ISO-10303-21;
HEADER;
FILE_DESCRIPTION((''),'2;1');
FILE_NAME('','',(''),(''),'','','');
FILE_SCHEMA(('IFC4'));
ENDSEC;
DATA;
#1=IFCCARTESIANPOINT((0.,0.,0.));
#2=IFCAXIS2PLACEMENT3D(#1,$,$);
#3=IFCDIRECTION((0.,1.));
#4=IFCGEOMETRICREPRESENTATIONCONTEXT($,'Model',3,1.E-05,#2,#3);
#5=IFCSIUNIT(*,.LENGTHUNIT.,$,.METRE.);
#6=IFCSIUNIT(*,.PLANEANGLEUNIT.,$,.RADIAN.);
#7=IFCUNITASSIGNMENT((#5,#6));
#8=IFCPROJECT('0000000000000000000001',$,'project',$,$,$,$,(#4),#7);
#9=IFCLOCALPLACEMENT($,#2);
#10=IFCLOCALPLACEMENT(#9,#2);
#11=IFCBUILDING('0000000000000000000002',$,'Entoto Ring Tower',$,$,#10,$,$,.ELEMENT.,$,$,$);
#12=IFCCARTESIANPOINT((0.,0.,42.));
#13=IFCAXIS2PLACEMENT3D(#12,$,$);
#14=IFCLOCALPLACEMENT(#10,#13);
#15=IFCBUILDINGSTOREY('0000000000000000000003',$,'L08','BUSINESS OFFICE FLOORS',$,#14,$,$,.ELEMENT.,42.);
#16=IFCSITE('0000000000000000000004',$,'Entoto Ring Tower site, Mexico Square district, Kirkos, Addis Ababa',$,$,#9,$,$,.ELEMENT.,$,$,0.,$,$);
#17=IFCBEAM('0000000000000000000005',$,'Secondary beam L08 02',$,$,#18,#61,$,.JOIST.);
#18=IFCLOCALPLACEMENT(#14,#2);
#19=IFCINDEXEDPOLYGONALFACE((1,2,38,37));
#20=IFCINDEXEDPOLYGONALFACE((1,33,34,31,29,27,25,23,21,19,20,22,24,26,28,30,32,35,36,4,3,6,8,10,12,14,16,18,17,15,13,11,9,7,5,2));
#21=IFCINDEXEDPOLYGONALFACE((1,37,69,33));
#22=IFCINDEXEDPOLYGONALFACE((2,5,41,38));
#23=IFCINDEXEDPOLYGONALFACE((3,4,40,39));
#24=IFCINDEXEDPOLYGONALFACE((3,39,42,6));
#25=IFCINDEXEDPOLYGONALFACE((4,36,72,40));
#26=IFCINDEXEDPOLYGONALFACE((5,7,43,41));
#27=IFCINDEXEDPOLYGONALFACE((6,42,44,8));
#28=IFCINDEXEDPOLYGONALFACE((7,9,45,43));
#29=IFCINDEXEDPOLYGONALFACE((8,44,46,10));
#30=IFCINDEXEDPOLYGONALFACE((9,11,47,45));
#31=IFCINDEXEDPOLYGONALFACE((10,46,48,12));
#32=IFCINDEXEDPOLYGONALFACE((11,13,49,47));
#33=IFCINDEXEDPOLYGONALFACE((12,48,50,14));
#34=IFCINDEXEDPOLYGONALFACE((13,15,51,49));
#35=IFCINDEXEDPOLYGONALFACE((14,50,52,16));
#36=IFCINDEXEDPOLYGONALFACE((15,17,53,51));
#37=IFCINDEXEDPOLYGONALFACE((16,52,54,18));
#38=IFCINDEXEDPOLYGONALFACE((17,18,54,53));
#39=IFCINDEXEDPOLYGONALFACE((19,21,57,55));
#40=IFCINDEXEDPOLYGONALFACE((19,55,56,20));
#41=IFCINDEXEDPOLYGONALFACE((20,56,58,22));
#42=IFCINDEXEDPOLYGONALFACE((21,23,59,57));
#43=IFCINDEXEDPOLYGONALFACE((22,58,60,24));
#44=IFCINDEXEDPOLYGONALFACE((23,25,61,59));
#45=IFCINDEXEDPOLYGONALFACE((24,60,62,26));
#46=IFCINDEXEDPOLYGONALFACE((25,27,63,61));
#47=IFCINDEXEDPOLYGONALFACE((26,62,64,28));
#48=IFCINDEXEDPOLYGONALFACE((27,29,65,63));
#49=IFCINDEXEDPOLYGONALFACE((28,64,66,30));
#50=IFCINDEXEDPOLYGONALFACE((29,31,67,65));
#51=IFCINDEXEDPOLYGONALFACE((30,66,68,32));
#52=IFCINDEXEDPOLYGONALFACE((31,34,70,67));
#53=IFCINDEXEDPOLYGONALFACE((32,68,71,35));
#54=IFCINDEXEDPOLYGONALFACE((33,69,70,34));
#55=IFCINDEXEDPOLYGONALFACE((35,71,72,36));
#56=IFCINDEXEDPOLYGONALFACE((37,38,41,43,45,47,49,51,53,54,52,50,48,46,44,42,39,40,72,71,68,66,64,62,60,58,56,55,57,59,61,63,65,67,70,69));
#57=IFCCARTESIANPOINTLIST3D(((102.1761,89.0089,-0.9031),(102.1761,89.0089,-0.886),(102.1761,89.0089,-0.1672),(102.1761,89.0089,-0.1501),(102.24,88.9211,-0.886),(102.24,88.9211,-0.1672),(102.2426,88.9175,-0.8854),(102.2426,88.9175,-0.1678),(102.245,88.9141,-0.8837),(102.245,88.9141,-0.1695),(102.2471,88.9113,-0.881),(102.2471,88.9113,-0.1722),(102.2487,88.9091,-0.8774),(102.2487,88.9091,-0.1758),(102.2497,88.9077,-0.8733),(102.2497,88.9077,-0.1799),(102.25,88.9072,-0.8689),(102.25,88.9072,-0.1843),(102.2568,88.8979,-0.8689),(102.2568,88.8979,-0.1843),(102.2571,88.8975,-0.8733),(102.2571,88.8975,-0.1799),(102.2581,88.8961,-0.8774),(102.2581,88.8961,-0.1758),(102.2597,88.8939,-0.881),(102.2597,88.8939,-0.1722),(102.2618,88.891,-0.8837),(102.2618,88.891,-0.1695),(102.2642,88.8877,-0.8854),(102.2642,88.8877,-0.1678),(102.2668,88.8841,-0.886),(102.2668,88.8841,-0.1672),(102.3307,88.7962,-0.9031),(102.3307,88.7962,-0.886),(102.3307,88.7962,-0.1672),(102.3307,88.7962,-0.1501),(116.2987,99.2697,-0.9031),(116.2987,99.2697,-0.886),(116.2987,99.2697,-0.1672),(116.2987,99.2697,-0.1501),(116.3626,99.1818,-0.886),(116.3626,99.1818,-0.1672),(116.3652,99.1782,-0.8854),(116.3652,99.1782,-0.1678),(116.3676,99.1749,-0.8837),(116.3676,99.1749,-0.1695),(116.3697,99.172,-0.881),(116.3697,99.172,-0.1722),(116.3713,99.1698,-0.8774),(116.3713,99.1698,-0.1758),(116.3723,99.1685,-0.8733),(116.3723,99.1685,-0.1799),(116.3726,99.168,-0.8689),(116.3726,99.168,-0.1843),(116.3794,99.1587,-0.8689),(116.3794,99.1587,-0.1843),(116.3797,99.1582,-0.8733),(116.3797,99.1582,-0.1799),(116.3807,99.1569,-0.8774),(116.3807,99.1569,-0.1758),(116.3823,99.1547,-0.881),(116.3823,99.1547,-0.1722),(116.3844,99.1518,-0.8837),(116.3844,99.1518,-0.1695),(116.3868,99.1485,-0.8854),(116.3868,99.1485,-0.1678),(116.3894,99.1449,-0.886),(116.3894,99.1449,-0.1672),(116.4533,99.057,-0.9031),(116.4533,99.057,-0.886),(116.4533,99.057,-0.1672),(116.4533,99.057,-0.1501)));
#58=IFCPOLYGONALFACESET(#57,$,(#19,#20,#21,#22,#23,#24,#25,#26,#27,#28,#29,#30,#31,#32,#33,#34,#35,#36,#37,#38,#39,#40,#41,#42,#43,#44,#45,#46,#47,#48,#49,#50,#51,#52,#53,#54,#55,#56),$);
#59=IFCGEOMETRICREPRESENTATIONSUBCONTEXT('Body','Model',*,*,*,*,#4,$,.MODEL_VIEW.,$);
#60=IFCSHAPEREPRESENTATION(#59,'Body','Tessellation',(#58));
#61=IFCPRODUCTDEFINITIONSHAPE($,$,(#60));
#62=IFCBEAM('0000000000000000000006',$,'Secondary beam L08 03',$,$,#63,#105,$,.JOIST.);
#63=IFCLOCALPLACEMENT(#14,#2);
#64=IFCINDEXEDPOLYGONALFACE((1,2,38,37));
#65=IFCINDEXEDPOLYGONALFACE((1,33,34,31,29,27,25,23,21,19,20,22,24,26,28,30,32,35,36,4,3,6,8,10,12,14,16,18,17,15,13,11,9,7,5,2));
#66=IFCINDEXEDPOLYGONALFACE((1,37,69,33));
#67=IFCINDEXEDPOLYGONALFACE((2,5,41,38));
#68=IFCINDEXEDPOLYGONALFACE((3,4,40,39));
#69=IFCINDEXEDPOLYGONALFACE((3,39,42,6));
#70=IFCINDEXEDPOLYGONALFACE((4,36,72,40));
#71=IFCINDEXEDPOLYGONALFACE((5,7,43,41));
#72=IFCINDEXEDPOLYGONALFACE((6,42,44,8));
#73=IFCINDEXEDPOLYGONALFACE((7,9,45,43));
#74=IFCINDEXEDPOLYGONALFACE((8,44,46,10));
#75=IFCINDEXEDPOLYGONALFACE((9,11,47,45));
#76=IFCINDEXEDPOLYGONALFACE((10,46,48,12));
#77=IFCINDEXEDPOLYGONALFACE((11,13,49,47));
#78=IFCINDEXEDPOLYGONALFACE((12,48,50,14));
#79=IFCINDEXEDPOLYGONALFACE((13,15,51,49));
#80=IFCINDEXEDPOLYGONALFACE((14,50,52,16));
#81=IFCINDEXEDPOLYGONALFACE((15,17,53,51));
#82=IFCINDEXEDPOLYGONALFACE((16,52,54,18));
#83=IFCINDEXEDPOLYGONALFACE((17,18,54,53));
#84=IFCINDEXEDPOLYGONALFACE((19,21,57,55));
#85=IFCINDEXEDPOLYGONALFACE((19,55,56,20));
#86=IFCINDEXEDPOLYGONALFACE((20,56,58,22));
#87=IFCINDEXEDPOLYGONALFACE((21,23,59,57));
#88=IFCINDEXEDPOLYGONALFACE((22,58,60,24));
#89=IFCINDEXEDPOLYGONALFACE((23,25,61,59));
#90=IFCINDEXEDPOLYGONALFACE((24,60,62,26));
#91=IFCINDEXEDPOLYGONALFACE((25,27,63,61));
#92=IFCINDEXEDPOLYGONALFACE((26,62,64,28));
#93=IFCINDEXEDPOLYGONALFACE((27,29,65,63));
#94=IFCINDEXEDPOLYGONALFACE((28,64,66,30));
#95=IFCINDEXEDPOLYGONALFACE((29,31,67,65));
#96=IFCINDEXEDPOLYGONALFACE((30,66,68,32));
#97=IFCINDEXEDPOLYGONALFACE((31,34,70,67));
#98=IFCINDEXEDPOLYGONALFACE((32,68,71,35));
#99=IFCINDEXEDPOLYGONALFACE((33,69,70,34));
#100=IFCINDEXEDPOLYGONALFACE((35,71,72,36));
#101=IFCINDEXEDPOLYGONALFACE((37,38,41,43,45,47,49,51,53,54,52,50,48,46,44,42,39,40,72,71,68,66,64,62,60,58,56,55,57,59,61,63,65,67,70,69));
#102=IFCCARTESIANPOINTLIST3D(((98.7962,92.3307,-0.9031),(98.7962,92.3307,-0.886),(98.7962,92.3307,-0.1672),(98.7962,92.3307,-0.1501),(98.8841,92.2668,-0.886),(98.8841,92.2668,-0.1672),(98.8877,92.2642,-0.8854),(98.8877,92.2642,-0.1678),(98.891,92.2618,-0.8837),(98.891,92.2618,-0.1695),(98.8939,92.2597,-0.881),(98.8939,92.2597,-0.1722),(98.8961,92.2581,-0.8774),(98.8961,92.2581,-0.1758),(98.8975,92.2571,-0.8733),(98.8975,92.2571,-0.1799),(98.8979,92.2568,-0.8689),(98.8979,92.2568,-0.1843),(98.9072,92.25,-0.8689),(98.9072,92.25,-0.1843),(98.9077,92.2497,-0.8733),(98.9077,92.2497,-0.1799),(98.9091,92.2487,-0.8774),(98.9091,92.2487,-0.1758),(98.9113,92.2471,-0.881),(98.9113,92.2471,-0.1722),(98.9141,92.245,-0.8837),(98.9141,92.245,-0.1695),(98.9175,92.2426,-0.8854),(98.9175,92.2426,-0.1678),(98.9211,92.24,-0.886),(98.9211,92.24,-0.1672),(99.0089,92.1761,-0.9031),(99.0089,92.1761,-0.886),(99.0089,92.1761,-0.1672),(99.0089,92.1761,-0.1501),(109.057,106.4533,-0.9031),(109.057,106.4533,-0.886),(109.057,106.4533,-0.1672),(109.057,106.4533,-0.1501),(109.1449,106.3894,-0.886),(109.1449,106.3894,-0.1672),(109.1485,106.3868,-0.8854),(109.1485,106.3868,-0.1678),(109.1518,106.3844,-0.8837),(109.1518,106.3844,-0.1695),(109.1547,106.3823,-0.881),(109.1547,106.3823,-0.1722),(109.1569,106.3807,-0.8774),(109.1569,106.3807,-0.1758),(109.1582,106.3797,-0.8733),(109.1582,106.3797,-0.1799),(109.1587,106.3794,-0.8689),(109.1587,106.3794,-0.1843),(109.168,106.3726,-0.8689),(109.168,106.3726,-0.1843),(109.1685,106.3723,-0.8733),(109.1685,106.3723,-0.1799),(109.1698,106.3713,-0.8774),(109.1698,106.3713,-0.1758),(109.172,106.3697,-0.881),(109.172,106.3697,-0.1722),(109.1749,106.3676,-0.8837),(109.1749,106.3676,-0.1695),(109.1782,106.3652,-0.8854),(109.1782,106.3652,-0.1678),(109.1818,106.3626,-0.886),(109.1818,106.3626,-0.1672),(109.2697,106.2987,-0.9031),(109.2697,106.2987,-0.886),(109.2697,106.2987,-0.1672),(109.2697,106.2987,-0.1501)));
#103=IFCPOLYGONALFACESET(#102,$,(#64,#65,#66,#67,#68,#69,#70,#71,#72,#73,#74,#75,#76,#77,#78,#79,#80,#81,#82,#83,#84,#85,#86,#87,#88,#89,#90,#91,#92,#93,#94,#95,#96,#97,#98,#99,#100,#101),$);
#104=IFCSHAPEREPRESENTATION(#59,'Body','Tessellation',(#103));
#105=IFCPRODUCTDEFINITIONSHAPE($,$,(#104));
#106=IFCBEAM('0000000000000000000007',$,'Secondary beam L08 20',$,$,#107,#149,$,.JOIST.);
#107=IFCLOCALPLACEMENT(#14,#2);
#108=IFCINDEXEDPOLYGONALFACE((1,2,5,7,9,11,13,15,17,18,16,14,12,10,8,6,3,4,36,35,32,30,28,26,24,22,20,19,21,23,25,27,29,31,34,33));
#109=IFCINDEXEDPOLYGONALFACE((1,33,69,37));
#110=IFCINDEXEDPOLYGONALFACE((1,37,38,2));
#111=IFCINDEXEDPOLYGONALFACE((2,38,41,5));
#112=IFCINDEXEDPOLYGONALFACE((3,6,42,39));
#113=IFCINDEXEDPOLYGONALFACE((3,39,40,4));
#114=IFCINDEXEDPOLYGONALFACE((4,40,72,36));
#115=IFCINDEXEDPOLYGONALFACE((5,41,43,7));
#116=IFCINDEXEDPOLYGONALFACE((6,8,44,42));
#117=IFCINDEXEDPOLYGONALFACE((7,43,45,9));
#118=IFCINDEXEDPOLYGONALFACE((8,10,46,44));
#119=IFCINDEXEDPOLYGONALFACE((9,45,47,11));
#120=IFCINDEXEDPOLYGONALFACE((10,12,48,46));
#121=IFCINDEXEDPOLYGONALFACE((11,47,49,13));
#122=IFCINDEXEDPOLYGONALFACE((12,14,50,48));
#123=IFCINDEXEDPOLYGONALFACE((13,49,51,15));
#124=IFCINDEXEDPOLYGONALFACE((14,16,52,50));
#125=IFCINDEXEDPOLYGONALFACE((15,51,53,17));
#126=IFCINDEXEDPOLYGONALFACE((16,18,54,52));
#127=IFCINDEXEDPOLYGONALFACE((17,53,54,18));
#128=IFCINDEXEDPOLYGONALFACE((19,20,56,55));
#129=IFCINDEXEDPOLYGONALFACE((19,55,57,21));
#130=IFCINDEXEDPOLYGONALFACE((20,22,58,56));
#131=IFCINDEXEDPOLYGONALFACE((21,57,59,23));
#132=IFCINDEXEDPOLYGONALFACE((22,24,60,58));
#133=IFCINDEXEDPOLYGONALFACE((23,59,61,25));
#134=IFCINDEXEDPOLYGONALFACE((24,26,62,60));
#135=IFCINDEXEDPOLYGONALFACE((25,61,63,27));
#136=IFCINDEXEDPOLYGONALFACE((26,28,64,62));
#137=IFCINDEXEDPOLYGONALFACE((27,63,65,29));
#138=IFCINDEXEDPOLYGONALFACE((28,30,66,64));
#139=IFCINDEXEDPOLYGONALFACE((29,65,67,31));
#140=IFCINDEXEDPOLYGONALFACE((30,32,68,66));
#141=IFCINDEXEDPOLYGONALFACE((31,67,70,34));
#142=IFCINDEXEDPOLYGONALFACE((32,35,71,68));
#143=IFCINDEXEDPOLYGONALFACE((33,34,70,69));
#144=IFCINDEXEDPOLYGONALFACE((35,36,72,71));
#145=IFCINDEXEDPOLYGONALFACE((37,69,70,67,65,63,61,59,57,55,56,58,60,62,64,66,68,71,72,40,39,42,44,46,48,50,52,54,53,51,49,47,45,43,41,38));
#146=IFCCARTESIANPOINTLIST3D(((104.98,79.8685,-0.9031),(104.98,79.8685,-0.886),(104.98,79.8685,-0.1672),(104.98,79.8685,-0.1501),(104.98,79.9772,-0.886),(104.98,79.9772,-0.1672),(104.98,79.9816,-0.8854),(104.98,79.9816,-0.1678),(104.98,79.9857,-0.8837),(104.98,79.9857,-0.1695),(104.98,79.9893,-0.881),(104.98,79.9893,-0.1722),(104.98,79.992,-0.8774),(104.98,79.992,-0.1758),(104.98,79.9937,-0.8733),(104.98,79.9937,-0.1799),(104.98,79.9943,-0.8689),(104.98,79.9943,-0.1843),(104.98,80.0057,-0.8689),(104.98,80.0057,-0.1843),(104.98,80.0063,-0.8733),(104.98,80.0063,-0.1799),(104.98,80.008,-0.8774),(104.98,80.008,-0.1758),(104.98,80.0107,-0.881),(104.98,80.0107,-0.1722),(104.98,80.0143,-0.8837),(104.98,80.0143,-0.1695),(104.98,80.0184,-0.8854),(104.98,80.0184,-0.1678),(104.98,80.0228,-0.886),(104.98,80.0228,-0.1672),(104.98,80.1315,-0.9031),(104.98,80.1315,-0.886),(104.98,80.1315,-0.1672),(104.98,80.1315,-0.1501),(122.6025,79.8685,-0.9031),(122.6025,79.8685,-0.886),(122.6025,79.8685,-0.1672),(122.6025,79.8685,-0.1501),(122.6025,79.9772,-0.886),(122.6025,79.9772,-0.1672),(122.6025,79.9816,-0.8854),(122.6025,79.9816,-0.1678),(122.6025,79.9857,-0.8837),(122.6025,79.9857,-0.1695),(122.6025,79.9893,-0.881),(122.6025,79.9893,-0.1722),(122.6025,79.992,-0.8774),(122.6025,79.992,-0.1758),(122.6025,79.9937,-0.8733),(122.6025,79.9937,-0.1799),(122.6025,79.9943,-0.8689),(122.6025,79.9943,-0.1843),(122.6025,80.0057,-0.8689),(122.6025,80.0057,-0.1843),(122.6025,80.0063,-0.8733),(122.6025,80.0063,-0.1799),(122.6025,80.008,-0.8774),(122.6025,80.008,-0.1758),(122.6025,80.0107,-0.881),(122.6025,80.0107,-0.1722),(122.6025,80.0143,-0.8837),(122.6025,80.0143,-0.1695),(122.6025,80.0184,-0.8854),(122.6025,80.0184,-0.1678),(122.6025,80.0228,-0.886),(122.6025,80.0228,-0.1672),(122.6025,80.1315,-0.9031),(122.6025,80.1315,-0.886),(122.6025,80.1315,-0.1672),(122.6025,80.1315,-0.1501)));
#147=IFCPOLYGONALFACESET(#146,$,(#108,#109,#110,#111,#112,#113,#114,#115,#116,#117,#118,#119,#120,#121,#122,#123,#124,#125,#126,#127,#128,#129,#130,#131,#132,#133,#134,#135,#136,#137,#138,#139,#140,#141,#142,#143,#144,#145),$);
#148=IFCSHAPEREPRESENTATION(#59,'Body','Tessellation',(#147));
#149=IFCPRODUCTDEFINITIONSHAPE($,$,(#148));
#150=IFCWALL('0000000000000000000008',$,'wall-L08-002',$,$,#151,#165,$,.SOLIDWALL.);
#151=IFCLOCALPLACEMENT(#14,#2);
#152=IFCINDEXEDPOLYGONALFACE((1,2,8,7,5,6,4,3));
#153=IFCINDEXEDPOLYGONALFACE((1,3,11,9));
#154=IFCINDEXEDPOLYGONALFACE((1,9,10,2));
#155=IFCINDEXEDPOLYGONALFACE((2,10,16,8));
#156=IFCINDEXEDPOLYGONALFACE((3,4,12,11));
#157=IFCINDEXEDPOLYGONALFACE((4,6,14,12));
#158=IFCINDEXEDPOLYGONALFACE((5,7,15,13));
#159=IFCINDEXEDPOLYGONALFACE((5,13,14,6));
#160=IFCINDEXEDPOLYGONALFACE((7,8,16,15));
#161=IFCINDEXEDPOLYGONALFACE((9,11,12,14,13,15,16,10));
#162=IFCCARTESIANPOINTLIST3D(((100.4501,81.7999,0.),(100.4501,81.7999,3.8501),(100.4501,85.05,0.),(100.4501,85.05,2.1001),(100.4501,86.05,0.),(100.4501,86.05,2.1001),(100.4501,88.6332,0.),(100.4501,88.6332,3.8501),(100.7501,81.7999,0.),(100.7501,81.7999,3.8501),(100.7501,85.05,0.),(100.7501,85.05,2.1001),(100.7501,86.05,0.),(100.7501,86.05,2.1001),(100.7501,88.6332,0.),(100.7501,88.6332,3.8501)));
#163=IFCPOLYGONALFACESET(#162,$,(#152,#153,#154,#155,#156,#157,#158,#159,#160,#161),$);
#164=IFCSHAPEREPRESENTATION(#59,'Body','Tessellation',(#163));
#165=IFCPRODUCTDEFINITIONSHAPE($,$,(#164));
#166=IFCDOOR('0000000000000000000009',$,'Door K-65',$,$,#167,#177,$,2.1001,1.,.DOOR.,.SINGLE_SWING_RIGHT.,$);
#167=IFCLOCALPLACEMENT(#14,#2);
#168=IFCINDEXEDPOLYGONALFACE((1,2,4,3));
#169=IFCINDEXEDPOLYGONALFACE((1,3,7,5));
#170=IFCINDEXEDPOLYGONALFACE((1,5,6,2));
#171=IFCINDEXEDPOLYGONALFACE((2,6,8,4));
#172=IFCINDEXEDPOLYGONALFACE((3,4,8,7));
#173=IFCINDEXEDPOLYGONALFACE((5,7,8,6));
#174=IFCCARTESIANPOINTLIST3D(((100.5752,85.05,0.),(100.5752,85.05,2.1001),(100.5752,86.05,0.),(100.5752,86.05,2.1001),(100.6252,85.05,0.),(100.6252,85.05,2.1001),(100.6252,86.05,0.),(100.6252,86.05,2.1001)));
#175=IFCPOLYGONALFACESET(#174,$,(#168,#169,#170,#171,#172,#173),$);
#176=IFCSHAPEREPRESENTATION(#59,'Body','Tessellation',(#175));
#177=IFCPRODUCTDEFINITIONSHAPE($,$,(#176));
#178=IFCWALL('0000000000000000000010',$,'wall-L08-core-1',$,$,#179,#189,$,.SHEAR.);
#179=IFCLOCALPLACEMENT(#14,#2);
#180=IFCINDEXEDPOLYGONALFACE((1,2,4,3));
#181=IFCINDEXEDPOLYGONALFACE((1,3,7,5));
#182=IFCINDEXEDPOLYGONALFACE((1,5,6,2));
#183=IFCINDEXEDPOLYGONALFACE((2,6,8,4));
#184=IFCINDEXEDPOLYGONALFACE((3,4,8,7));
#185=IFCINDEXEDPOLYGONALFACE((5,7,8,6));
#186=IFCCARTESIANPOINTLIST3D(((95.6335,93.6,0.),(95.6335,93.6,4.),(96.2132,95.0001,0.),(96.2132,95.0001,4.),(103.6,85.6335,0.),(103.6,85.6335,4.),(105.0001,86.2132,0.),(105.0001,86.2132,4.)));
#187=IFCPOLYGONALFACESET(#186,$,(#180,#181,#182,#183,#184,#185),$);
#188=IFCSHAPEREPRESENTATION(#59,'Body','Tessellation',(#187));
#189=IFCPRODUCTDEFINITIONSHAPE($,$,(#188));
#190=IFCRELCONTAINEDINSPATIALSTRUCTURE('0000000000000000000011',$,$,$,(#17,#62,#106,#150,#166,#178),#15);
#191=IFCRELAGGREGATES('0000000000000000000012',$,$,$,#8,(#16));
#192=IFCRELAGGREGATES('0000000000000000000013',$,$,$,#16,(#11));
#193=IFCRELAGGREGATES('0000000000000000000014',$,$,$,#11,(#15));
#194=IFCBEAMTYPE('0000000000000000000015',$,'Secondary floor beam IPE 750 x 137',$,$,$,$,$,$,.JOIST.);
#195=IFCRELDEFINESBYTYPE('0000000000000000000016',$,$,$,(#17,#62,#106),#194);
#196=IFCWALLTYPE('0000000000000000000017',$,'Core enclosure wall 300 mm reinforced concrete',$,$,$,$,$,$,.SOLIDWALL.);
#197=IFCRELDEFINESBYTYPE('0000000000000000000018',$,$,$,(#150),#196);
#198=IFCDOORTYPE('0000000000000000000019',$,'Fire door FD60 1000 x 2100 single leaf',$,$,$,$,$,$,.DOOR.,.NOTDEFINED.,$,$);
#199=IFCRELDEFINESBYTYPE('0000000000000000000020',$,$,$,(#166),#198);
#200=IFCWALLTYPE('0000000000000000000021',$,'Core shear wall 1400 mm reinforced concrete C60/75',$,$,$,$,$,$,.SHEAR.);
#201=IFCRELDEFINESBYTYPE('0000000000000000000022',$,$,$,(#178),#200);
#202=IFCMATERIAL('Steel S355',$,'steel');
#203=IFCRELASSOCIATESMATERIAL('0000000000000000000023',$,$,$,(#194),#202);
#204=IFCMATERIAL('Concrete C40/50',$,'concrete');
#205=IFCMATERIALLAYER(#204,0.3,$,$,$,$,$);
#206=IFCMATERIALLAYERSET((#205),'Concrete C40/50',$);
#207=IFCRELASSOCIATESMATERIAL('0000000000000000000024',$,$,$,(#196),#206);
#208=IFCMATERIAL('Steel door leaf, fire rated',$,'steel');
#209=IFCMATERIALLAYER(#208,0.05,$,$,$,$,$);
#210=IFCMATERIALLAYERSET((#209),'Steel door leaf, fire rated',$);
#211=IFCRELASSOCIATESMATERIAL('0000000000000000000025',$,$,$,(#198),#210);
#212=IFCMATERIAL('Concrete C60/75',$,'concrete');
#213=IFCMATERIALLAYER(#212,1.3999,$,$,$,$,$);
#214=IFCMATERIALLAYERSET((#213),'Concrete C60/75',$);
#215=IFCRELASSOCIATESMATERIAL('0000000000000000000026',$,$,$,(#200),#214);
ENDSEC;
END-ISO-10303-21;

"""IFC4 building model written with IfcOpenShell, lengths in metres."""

from ifc_helpers import new_model, si_unit, direction, frame, frame_2d, origin, origin_2d, place, context, subcontext, project, spatial, polyline, rectangle, i_section, outline, extrude, material, layer, layer_set, material_profile, profile_set, type_object, element, fill, save


model = new_model("IFC4")

# Units and contexts
model_context = context("Model", 3, precision=1e-05, world=origin(), true_north=direction((0.0, 1.0)))
body_context = subcontext(model_context, "Body", "Model", "MODEL_VIEW")
ifc_project = project(units=[si_unit("LENGTHUNIT", "METRE"), si_unit("PLANEANGLEUNIT", "RADIAN")], contexts=[model_context])

# Site, building, storey
site_placement = place(None, origin())
site = spatial("IfcSite", under=ifc_project, at=site_placement, Name="Entoto Ring Tower site, Mexico Square district, Kirkos, Addis Ababa", CompositionType="ELEMENT", RefElevation=0.0)
building_placement = place(site_placement, origin())
building = spatial("IfcBuilding", under=site, at=building_placement, Name="Entoto Ring Tower", CompositionType="ELEMENT")
storey_placement = place(building_placement, frame((0.0, 0.0, 42.0)))
storey = spatial("IfcBuildingStorey", under=building, at=storey_placement, Name="L08", Description="BUSINESS OFFICE FLOORS", CompositionType="ELEMENT", Elevation=42.0)

# Beams
ifc_material_1 = material(Name="Steel S355", Category="steel")
ifc_material_profile_1 = material_profile(ifc_material_1, i_section(OverallWidth=0.2629, OverallDepth=0.7529, WebThickness=0.0115, FlangeThickness=0.0171, FilletRadius=0.0171, at=origin_2d()), Name="IPE 750 x 137")
ifc_profile_set_1 = profile_set([ifc_material_profile_1], Name="Steel S355")
beam_type_1 = type_object("IfcBeamType", Name="Secondary floor beam IPE 750 x 137", PredefinedType="JOIST", material=ifc_profile_set_1)
for number, where, z_axis, x_axis, name in (
    (1, (102.2534, 88.9026, -0.5266), (0.809014, 0.587789, 0.0), (-0.587789, 0.809014, 0.0), "Secondary beam L08 02"),
    (2, (98.9026, 92.2534, -0.5266), (0.587789, 0.809014, 0.0), (-0.809014, 0.587789, 0.0), "Secondary beam L08 03"),
):
    element("IfcBeam", number, at=place(storey_placement, frame(where, z_axis=z_axis, x_axis=x_axis)), inside=storey, type_object=beam_type_1, Name=name, PredefinedType="JOIST", context=body_context, shape_type="SweptSolid", body=[
        extrude(i_section(OverallWidth=0.2629, OverallDepth=0.7529, WebThickness=0.0115, FlangeThickness=0.0171, FilletRadius=0.0171, at=origin_2d()), origin(), (0.0, 0.0, 1.0), 17.4565),
    ])
beam_1_placement = place(storey_placement, frame((104.98, 80.0, -0.5266), z_axis=(1.0, 0.0, 0.0), x_axis=(0.0, 1.0, 0.0)))
element("IfcBeam", 3, at=beam_1_placement, inside=storey, type_object=beam_type_1, Name="Secondary beam L08 20", PredefinedType="JOIST", context=body_context, shape_type="SweptSolid", body=[
    extrude(i_section(OverallWidth=0.2629, OverallDepth=0.7529, WebThickness=0.0115, FlangeThickness=0.0171, FilletRadius=0.0171, at=origin_2d()), origin(), (0.0, 0.0, 1.0), 17.6226),
])

# Wall, opening, door
ifc_material_2 = material(Name="Concrete C40/50", Category="concrete")
ifc_layer_1 = layer(ifc_material_2, 0.3)
ifc_layer_set_1 = layer_set([ifc_layer_1], Name="Concrete C40/50")
wall_type_1 = type_object("IfcWallType", Name="Core enclosure wall 300 mm reinforced concrete", PredefinedType="SOLIDWALL", material=ifc_layer_set_1)
wall_1_placement = place(storey_placement, frame((100.6001, 81.8, 0.0), z_axis=(0.0, 0.0, 1.0), x_axis=(0.0, 1.0, 0.0)))
wall_1 = element("IfcWall", 4, at=wall_1_placement, inside=storey, type_object=wall_type_1, Name="wall-L08-002", PredefinedType="SOLIDWALL", context=body_context, shape_type="SweptSolid", body=[
    extrude(rectangle(XDim=6.8333, YDim=0.3, at=frame_2d((3.4165, 0.0))), origin(), (0.0, 0.0, 1.0), 3.8501),
])
opening_1_placement = place(wall_1_placement, frame((3.25, 0.0, 0.0)))
opening_1 = element("IfcOpeningElement", 5, at=opening_1_placement, cuts=wall_1, PredefinedType="OPENING", context=body_context, shape_type="SweptSolid", body=[
    extrude(rectangle(XDim=1.0, YDim=2.1001, at=frame_2d((0.5, 1.05))), frame((0.0, 0.1602, 0.0), z_axis=(0.0, -1.0, 0.0), x_axis=(1.0, 0.0, 0.0)), (0.0, 0.0, 1.0), 0.3201),
])
ifc_material_3 = material(Name="Steel door leaf, fire rated", Category="steel")
ifc_layer_2 = layer(ifc_material_3, 0.05)
ifc_layer_set_2 = layer_set([ifc_layer_2], Name="Steel door leaf, fire rated")
door_type_1 = type_object("IfcDoorType", Name="Fire door FD60 1000 x 2100 single leaf", OperationType="NOTDEFINED", PredefinedType="DOOR", material=ifc_layer_set_2)
door_1_placement = place(opening_1_placement, origin())
door_1 = element("IfcDoor", 6, at=door_1_placement, inside=storey, type_object=door_type_1, Name="Door K-65", OperationType="SINGLE_SWING_RIGHT", OverallHeight=2.1001, OverallWidth=1.0, PredefinedType="DOOR", context=body_context, shape_type="SweptSolid", body=[
    extrude(rectangle(XDim=1.0, YDim=2.1001, at=frame_2d((0.5, 1.05))), frame((0.0, 0.0249, 0.0), z_axis=(0.0, -1.0, 0.0), x_axis=(1.0, 0.0, 0.0)), (0.0, 0.0, 1.0), 0.05),
])
fill(opening_1, door_1)

# Wall
ifc_material_4 = material(Name="Concrete C60/75", Category="concrete")
ifc_layer_3 = layer(ifc_material_4, 1.3999)
ifc_layer_set_3 = layer_set([ifc_layer_3], Name="Concrete C60/75")
wall_type_2 = type_object("IfcWallType", Name="Core shear wall 1400 mm reinforced concrete C60/75", PredefinedType="SHEAR", material=ifc_layer_set_3)
wall_2_placement = place(storey_placement, frame((104.3, 85.9233, 0.0), z_axis=(0.0, 0.0, 1.0), x_axis=(-0.707107, 0.707107, 0.0)))
element("IfcWall", 7, at=wall_2_placement, inside=storey, type_object=wall_type_2, Name="wall-L08-core-1", PredefinedType="SHEAR", context=body_context, shape_type="SweptSolid", body=[
    extrude(outline(polyline([(-0.29, -0.7), (12.1365, -0.7), (11.5564, 0.7), (0.29, 0.7), (-0.29, -0.7)])), origin(), (0.0, 0.0, 1.0), 4.0),
])

save(model, "model.ifc")
